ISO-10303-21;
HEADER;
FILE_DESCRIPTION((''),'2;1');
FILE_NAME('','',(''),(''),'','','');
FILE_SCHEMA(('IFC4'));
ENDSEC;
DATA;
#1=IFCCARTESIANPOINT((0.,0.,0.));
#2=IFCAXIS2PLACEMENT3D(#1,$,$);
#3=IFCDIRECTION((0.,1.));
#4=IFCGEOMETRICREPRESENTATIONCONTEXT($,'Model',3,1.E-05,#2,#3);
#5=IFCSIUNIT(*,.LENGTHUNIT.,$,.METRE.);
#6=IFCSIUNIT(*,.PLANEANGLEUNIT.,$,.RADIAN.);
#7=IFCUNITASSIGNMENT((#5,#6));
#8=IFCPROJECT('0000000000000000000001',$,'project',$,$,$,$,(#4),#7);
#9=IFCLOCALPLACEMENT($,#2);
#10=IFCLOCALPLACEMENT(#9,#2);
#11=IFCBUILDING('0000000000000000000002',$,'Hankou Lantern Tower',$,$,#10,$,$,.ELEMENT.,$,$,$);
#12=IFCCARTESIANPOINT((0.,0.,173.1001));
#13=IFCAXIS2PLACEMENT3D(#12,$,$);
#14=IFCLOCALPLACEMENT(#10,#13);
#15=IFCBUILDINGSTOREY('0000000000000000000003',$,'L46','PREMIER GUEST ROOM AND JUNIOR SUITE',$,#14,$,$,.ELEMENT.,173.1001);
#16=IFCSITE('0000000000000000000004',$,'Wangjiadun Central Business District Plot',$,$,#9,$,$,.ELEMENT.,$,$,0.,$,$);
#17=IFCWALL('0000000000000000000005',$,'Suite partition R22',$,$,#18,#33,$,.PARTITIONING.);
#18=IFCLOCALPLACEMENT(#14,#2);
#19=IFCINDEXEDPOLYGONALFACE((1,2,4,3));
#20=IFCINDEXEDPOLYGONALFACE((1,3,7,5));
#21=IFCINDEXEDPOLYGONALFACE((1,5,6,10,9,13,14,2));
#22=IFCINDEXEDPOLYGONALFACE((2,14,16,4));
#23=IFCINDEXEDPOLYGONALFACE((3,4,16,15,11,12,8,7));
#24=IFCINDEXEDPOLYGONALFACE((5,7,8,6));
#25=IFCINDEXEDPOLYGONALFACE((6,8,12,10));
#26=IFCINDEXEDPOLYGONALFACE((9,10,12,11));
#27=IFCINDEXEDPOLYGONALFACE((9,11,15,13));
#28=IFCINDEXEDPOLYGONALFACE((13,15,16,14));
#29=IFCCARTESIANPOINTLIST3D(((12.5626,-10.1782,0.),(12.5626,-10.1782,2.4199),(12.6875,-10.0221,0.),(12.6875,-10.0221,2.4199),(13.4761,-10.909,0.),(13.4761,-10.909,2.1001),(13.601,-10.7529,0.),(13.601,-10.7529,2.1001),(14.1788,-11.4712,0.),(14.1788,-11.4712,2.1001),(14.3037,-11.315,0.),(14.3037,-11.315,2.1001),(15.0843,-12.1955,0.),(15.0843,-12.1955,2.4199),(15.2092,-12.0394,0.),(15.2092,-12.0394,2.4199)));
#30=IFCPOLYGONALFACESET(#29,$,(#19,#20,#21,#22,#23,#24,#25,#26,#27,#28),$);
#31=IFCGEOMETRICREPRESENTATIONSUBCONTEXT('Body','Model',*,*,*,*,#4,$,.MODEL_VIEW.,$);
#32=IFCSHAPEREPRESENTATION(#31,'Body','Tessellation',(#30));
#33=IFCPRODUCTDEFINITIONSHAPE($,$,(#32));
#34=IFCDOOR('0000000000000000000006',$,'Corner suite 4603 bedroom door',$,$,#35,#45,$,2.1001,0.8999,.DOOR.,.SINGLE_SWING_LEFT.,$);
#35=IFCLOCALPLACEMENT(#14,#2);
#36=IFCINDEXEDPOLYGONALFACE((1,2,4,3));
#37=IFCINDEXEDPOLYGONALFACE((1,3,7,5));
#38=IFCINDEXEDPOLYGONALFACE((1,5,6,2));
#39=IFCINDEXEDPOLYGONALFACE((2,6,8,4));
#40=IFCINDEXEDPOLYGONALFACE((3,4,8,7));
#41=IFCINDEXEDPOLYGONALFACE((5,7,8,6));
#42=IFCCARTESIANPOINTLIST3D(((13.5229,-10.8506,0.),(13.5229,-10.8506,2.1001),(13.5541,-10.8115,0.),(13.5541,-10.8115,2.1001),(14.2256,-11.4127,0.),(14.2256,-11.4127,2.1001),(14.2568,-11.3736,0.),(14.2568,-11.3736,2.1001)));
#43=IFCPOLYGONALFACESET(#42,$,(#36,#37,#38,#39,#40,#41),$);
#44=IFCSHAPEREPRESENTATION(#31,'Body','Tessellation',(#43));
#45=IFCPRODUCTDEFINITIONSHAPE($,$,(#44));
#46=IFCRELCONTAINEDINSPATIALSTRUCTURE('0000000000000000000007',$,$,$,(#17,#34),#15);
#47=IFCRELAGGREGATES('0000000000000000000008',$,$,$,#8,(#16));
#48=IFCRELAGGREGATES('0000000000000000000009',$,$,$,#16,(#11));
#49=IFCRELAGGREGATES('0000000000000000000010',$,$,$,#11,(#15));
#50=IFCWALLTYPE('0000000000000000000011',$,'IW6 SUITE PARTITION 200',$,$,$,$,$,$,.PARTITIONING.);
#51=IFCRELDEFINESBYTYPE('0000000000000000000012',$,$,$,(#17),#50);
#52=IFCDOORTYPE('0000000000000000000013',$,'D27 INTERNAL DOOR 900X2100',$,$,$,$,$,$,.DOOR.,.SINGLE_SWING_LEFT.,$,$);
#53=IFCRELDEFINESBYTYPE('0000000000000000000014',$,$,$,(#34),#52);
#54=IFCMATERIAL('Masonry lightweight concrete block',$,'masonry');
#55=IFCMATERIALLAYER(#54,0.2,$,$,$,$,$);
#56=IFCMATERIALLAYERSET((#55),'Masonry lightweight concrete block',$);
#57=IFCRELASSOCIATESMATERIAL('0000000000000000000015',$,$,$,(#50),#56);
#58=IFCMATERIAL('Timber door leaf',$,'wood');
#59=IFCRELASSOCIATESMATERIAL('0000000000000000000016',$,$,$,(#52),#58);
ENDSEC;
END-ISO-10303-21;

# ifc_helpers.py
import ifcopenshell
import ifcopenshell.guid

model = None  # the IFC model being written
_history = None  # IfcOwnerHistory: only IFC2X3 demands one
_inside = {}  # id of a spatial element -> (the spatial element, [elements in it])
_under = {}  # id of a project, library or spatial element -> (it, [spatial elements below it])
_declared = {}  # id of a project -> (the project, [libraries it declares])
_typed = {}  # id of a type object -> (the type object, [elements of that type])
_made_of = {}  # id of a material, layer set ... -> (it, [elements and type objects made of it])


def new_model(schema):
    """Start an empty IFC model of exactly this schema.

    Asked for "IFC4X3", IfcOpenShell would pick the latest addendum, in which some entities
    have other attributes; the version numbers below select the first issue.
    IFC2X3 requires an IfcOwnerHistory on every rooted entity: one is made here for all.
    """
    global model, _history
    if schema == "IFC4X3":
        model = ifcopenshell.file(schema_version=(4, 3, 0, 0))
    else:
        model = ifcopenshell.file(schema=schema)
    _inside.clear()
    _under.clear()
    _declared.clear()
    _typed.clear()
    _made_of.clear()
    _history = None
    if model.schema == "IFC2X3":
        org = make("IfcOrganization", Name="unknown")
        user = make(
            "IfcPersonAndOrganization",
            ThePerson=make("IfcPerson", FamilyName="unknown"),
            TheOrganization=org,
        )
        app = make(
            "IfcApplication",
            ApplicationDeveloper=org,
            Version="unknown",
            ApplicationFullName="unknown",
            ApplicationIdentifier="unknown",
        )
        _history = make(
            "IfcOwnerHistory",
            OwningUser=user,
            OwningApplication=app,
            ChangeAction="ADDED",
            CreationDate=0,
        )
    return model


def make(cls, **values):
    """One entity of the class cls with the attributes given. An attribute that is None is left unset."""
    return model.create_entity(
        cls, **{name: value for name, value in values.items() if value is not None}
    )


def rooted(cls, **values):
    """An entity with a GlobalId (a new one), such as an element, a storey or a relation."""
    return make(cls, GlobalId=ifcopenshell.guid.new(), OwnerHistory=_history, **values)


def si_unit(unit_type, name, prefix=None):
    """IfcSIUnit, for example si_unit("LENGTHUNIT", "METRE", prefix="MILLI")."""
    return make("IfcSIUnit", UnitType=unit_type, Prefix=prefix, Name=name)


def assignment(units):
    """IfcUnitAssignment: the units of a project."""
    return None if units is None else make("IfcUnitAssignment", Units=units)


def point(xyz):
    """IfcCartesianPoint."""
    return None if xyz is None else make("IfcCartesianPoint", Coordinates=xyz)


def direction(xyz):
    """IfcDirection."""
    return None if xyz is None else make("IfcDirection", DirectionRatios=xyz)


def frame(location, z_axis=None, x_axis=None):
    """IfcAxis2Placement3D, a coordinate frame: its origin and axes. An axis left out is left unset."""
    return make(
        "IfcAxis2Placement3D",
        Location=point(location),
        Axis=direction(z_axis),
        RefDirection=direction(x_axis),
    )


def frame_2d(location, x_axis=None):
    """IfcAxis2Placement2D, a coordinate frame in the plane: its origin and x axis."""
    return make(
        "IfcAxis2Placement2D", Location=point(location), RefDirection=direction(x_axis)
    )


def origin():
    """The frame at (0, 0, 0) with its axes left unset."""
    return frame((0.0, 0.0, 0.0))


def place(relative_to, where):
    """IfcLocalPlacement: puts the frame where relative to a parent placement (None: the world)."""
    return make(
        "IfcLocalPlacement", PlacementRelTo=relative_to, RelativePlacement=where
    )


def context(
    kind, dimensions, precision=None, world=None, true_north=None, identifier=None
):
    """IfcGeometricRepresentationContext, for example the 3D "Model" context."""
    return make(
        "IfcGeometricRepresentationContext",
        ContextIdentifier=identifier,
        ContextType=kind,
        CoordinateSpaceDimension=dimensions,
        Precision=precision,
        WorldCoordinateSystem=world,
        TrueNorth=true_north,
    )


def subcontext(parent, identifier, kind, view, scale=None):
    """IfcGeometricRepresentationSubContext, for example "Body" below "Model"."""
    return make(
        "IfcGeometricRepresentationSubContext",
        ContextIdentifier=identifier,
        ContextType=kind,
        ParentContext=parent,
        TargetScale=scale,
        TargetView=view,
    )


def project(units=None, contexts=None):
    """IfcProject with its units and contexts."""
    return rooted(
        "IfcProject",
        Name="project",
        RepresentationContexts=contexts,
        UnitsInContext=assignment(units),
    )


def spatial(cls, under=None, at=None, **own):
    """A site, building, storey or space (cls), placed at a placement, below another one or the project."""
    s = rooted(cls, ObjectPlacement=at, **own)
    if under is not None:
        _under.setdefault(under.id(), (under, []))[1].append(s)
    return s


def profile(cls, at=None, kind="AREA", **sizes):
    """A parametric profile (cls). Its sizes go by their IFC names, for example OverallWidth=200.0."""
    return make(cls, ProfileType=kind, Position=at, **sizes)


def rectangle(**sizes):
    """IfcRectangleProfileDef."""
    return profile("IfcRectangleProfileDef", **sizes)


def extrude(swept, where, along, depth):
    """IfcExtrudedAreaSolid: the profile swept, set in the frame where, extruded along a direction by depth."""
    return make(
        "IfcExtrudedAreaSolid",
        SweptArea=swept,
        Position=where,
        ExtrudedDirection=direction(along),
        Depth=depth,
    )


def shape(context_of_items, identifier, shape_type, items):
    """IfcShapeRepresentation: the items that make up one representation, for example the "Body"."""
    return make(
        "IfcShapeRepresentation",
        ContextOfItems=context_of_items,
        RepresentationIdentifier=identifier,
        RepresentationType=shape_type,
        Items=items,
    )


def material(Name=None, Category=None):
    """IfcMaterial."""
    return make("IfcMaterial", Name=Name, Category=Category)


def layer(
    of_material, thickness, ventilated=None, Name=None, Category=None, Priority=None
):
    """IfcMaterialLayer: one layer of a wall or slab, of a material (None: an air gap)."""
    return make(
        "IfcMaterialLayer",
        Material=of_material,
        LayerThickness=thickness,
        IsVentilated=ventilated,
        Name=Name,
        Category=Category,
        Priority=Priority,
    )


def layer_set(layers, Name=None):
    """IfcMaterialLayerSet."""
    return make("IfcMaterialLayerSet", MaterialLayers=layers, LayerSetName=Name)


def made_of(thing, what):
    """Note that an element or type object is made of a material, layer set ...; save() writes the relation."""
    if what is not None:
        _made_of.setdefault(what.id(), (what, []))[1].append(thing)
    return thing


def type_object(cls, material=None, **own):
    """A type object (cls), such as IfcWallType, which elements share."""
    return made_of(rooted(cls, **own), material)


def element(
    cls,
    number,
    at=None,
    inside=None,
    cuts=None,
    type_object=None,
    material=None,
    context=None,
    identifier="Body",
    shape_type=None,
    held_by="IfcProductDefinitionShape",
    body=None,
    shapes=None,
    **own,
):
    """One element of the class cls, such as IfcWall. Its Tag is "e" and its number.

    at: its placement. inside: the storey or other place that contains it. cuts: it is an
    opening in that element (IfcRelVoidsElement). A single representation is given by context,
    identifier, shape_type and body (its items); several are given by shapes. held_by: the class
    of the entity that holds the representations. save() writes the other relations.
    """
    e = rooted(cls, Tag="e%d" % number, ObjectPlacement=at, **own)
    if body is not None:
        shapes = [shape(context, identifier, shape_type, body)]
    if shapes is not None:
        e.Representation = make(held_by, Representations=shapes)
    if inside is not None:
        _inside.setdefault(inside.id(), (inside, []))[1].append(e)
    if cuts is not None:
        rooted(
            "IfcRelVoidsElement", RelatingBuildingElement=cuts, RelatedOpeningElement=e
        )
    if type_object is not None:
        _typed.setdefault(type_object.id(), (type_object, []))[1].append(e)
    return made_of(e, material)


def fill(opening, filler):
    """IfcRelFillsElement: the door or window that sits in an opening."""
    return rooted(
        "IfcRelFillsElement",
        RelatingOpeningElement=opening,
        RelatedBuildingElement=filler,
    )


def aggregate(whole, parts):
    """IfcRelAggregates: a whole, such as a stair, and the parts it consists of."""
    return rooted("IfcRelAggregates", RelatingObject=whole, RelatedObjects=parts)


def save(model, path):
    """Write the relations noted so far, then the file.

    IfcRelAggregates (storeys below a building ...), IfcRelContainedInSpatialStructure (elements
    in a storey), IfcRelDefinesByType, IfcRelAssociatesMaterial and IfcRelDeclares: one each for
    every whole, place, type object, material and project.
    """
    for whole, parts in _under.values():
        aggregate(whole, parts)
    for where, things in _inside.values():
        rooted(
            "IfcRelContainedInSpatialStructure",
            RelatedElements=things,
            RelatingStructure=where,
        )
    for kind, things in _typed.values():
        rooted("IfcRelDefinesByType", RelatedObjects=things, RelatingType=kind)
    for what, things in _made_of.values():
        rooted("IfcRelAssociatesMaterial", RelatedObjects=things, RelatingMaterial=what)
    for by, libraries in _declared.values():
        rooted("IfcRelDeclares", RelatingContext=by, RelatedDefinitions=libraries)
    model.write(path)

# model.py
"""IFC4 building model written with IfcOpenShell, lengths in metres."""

from ifc_helpers import new_model, si_unit, direction, frame, frame_2d, origin, place, context, subcontext, project, spatial, rectangle, extrude, material, layer, layer_set, type_object, element, fill, save


model = new_model("IFC4")

# Units and contexts
model_context = context("Model", 3, precision=1e-05, world=origin(), true_north=direction((0.0, 1.0)))
body_context = subcontext(model_context, "Body", "Model", "MODEL_VIEW")
ifc_project = project(units=[si_unit("LENGTHUNIT", "METRE"), si_unit("PLANEANGLEUNIT", "RADIAN")], contexts=[model_context])

# Site, building, storey
site_placement = place(None, origin())
site = spatial("IfcSite", under=ifc_project, at=site_placement, Name="Wangjiadun Central Business District Plot", CompositionType="ELEMENT", RefElevation=0.0)
building_placement = place(site_placement, origin())
building = spatial("IfcBuilding", under=site, at=building_placement, Name="Hankou Lantern Tower", CompositionType="ELEMENT")
storey_placement = place(building_placement, frame((0.0, 0.0, 173.1001)))
storey = spatial("IfcBuildingStorey", under=building, at=storey_placement, Name="L46", Description="PREMIER GUEST ROOM AND JUNIOR SUITE", CompositionType="ELEMENT", Elevation=173.1001)

# Wall, opening, door
ifc_material_1 = material(Name="Masonry lightweight concrete block", Category="masonry")
ifc_layer_1 = layer(ifc_material_1, 0.2)
ifc_layer_set_1 = layer_set([ifc_layer_1], Name="Masonry lightweight concrete block")
wall_type_1 = type_object("IfcWallType", Name="IW6 SUITE PARTITION 200", PredefinedType="PARTITIONING", material=ifc_layer_set_1)
wall_1_placement = place(storey_placement, frame((12.625, -10.1001, 0.0), z_axis=(0.0, 0.0, 1.0), x_axis=(0.780876, -0.624686, 0.0)))
wall_1 = element("IfcWall", 1, at=wall_1_placement, inside=storey, type_object=wall_type_1, Name="Suite partition R22", PredefinedType="PARTITIONING", context=body_context, shape_type="SweptSolid", body=[
    extrude(rectangle(XDim=3.2292, YDim=0.2, at=frame_2d((1.6147, 0.0))), origin(), (0.0, 0.0, 1.0), 2.4199),
])
opening_1_placement = place(wall_1_placement, frame((1.1699, 0.0, 0.0)))
opening_1 = element("IfcOpeningElement", 2, at=opening_1_placement, cuts=wall_1, PredefinedType="OPENING", context=body_context, shape_type="SweptSolid", body=[
    extrude(rectangle(XDim=0.8999, YDim=2.1001, at=frame_2d((0.45, 1.05))), frame((0.0, 0.1099, 0.0), z_axis=(0.0, -1.0, 0.0), x_axis=(1.0, 0.0, 0.0)), (0.0, 0.0, 1.0), 0.22),
])
ifc_material_2 = material(Name="Timber door leaf", Category="wood")
door_type_1 = type_object("IfcDoorType", Name="D27 INTERNAL DOOR 900X2100", OperationType="SINGLE_SWING_LEFT", PredefinedType="DOOR", material=ifc_material_2)
door_1_placement = place(opening_1_placement, origin())
door_1 = element("IfcDoor", 3, at=door_1_placement, inside=storey, type_object=door_type_1, Name="Corner suite 4603 bedroom door", OperationType="SINGLE_SWING_LEFT", OverallHeight=2.1001, OverallWidth=0.8999, PredefinedType="DOOR", context=body_context, shape_type="SweptSolid", body=[
    extrude(rectangle(XDim=0.8999, YDim=2.1001, at=frame_2d((0.45, 1.05))), frame((0.0, 0.0249, 0.0), z_axis=(0.0, -1.0, 0.0), x_axis=(1.0, 0.0, 0.0)), (0.0, 0.0, 1.0), 0.05),
])
fill(opening_1, door_1)

save(model, "model.ifc")
